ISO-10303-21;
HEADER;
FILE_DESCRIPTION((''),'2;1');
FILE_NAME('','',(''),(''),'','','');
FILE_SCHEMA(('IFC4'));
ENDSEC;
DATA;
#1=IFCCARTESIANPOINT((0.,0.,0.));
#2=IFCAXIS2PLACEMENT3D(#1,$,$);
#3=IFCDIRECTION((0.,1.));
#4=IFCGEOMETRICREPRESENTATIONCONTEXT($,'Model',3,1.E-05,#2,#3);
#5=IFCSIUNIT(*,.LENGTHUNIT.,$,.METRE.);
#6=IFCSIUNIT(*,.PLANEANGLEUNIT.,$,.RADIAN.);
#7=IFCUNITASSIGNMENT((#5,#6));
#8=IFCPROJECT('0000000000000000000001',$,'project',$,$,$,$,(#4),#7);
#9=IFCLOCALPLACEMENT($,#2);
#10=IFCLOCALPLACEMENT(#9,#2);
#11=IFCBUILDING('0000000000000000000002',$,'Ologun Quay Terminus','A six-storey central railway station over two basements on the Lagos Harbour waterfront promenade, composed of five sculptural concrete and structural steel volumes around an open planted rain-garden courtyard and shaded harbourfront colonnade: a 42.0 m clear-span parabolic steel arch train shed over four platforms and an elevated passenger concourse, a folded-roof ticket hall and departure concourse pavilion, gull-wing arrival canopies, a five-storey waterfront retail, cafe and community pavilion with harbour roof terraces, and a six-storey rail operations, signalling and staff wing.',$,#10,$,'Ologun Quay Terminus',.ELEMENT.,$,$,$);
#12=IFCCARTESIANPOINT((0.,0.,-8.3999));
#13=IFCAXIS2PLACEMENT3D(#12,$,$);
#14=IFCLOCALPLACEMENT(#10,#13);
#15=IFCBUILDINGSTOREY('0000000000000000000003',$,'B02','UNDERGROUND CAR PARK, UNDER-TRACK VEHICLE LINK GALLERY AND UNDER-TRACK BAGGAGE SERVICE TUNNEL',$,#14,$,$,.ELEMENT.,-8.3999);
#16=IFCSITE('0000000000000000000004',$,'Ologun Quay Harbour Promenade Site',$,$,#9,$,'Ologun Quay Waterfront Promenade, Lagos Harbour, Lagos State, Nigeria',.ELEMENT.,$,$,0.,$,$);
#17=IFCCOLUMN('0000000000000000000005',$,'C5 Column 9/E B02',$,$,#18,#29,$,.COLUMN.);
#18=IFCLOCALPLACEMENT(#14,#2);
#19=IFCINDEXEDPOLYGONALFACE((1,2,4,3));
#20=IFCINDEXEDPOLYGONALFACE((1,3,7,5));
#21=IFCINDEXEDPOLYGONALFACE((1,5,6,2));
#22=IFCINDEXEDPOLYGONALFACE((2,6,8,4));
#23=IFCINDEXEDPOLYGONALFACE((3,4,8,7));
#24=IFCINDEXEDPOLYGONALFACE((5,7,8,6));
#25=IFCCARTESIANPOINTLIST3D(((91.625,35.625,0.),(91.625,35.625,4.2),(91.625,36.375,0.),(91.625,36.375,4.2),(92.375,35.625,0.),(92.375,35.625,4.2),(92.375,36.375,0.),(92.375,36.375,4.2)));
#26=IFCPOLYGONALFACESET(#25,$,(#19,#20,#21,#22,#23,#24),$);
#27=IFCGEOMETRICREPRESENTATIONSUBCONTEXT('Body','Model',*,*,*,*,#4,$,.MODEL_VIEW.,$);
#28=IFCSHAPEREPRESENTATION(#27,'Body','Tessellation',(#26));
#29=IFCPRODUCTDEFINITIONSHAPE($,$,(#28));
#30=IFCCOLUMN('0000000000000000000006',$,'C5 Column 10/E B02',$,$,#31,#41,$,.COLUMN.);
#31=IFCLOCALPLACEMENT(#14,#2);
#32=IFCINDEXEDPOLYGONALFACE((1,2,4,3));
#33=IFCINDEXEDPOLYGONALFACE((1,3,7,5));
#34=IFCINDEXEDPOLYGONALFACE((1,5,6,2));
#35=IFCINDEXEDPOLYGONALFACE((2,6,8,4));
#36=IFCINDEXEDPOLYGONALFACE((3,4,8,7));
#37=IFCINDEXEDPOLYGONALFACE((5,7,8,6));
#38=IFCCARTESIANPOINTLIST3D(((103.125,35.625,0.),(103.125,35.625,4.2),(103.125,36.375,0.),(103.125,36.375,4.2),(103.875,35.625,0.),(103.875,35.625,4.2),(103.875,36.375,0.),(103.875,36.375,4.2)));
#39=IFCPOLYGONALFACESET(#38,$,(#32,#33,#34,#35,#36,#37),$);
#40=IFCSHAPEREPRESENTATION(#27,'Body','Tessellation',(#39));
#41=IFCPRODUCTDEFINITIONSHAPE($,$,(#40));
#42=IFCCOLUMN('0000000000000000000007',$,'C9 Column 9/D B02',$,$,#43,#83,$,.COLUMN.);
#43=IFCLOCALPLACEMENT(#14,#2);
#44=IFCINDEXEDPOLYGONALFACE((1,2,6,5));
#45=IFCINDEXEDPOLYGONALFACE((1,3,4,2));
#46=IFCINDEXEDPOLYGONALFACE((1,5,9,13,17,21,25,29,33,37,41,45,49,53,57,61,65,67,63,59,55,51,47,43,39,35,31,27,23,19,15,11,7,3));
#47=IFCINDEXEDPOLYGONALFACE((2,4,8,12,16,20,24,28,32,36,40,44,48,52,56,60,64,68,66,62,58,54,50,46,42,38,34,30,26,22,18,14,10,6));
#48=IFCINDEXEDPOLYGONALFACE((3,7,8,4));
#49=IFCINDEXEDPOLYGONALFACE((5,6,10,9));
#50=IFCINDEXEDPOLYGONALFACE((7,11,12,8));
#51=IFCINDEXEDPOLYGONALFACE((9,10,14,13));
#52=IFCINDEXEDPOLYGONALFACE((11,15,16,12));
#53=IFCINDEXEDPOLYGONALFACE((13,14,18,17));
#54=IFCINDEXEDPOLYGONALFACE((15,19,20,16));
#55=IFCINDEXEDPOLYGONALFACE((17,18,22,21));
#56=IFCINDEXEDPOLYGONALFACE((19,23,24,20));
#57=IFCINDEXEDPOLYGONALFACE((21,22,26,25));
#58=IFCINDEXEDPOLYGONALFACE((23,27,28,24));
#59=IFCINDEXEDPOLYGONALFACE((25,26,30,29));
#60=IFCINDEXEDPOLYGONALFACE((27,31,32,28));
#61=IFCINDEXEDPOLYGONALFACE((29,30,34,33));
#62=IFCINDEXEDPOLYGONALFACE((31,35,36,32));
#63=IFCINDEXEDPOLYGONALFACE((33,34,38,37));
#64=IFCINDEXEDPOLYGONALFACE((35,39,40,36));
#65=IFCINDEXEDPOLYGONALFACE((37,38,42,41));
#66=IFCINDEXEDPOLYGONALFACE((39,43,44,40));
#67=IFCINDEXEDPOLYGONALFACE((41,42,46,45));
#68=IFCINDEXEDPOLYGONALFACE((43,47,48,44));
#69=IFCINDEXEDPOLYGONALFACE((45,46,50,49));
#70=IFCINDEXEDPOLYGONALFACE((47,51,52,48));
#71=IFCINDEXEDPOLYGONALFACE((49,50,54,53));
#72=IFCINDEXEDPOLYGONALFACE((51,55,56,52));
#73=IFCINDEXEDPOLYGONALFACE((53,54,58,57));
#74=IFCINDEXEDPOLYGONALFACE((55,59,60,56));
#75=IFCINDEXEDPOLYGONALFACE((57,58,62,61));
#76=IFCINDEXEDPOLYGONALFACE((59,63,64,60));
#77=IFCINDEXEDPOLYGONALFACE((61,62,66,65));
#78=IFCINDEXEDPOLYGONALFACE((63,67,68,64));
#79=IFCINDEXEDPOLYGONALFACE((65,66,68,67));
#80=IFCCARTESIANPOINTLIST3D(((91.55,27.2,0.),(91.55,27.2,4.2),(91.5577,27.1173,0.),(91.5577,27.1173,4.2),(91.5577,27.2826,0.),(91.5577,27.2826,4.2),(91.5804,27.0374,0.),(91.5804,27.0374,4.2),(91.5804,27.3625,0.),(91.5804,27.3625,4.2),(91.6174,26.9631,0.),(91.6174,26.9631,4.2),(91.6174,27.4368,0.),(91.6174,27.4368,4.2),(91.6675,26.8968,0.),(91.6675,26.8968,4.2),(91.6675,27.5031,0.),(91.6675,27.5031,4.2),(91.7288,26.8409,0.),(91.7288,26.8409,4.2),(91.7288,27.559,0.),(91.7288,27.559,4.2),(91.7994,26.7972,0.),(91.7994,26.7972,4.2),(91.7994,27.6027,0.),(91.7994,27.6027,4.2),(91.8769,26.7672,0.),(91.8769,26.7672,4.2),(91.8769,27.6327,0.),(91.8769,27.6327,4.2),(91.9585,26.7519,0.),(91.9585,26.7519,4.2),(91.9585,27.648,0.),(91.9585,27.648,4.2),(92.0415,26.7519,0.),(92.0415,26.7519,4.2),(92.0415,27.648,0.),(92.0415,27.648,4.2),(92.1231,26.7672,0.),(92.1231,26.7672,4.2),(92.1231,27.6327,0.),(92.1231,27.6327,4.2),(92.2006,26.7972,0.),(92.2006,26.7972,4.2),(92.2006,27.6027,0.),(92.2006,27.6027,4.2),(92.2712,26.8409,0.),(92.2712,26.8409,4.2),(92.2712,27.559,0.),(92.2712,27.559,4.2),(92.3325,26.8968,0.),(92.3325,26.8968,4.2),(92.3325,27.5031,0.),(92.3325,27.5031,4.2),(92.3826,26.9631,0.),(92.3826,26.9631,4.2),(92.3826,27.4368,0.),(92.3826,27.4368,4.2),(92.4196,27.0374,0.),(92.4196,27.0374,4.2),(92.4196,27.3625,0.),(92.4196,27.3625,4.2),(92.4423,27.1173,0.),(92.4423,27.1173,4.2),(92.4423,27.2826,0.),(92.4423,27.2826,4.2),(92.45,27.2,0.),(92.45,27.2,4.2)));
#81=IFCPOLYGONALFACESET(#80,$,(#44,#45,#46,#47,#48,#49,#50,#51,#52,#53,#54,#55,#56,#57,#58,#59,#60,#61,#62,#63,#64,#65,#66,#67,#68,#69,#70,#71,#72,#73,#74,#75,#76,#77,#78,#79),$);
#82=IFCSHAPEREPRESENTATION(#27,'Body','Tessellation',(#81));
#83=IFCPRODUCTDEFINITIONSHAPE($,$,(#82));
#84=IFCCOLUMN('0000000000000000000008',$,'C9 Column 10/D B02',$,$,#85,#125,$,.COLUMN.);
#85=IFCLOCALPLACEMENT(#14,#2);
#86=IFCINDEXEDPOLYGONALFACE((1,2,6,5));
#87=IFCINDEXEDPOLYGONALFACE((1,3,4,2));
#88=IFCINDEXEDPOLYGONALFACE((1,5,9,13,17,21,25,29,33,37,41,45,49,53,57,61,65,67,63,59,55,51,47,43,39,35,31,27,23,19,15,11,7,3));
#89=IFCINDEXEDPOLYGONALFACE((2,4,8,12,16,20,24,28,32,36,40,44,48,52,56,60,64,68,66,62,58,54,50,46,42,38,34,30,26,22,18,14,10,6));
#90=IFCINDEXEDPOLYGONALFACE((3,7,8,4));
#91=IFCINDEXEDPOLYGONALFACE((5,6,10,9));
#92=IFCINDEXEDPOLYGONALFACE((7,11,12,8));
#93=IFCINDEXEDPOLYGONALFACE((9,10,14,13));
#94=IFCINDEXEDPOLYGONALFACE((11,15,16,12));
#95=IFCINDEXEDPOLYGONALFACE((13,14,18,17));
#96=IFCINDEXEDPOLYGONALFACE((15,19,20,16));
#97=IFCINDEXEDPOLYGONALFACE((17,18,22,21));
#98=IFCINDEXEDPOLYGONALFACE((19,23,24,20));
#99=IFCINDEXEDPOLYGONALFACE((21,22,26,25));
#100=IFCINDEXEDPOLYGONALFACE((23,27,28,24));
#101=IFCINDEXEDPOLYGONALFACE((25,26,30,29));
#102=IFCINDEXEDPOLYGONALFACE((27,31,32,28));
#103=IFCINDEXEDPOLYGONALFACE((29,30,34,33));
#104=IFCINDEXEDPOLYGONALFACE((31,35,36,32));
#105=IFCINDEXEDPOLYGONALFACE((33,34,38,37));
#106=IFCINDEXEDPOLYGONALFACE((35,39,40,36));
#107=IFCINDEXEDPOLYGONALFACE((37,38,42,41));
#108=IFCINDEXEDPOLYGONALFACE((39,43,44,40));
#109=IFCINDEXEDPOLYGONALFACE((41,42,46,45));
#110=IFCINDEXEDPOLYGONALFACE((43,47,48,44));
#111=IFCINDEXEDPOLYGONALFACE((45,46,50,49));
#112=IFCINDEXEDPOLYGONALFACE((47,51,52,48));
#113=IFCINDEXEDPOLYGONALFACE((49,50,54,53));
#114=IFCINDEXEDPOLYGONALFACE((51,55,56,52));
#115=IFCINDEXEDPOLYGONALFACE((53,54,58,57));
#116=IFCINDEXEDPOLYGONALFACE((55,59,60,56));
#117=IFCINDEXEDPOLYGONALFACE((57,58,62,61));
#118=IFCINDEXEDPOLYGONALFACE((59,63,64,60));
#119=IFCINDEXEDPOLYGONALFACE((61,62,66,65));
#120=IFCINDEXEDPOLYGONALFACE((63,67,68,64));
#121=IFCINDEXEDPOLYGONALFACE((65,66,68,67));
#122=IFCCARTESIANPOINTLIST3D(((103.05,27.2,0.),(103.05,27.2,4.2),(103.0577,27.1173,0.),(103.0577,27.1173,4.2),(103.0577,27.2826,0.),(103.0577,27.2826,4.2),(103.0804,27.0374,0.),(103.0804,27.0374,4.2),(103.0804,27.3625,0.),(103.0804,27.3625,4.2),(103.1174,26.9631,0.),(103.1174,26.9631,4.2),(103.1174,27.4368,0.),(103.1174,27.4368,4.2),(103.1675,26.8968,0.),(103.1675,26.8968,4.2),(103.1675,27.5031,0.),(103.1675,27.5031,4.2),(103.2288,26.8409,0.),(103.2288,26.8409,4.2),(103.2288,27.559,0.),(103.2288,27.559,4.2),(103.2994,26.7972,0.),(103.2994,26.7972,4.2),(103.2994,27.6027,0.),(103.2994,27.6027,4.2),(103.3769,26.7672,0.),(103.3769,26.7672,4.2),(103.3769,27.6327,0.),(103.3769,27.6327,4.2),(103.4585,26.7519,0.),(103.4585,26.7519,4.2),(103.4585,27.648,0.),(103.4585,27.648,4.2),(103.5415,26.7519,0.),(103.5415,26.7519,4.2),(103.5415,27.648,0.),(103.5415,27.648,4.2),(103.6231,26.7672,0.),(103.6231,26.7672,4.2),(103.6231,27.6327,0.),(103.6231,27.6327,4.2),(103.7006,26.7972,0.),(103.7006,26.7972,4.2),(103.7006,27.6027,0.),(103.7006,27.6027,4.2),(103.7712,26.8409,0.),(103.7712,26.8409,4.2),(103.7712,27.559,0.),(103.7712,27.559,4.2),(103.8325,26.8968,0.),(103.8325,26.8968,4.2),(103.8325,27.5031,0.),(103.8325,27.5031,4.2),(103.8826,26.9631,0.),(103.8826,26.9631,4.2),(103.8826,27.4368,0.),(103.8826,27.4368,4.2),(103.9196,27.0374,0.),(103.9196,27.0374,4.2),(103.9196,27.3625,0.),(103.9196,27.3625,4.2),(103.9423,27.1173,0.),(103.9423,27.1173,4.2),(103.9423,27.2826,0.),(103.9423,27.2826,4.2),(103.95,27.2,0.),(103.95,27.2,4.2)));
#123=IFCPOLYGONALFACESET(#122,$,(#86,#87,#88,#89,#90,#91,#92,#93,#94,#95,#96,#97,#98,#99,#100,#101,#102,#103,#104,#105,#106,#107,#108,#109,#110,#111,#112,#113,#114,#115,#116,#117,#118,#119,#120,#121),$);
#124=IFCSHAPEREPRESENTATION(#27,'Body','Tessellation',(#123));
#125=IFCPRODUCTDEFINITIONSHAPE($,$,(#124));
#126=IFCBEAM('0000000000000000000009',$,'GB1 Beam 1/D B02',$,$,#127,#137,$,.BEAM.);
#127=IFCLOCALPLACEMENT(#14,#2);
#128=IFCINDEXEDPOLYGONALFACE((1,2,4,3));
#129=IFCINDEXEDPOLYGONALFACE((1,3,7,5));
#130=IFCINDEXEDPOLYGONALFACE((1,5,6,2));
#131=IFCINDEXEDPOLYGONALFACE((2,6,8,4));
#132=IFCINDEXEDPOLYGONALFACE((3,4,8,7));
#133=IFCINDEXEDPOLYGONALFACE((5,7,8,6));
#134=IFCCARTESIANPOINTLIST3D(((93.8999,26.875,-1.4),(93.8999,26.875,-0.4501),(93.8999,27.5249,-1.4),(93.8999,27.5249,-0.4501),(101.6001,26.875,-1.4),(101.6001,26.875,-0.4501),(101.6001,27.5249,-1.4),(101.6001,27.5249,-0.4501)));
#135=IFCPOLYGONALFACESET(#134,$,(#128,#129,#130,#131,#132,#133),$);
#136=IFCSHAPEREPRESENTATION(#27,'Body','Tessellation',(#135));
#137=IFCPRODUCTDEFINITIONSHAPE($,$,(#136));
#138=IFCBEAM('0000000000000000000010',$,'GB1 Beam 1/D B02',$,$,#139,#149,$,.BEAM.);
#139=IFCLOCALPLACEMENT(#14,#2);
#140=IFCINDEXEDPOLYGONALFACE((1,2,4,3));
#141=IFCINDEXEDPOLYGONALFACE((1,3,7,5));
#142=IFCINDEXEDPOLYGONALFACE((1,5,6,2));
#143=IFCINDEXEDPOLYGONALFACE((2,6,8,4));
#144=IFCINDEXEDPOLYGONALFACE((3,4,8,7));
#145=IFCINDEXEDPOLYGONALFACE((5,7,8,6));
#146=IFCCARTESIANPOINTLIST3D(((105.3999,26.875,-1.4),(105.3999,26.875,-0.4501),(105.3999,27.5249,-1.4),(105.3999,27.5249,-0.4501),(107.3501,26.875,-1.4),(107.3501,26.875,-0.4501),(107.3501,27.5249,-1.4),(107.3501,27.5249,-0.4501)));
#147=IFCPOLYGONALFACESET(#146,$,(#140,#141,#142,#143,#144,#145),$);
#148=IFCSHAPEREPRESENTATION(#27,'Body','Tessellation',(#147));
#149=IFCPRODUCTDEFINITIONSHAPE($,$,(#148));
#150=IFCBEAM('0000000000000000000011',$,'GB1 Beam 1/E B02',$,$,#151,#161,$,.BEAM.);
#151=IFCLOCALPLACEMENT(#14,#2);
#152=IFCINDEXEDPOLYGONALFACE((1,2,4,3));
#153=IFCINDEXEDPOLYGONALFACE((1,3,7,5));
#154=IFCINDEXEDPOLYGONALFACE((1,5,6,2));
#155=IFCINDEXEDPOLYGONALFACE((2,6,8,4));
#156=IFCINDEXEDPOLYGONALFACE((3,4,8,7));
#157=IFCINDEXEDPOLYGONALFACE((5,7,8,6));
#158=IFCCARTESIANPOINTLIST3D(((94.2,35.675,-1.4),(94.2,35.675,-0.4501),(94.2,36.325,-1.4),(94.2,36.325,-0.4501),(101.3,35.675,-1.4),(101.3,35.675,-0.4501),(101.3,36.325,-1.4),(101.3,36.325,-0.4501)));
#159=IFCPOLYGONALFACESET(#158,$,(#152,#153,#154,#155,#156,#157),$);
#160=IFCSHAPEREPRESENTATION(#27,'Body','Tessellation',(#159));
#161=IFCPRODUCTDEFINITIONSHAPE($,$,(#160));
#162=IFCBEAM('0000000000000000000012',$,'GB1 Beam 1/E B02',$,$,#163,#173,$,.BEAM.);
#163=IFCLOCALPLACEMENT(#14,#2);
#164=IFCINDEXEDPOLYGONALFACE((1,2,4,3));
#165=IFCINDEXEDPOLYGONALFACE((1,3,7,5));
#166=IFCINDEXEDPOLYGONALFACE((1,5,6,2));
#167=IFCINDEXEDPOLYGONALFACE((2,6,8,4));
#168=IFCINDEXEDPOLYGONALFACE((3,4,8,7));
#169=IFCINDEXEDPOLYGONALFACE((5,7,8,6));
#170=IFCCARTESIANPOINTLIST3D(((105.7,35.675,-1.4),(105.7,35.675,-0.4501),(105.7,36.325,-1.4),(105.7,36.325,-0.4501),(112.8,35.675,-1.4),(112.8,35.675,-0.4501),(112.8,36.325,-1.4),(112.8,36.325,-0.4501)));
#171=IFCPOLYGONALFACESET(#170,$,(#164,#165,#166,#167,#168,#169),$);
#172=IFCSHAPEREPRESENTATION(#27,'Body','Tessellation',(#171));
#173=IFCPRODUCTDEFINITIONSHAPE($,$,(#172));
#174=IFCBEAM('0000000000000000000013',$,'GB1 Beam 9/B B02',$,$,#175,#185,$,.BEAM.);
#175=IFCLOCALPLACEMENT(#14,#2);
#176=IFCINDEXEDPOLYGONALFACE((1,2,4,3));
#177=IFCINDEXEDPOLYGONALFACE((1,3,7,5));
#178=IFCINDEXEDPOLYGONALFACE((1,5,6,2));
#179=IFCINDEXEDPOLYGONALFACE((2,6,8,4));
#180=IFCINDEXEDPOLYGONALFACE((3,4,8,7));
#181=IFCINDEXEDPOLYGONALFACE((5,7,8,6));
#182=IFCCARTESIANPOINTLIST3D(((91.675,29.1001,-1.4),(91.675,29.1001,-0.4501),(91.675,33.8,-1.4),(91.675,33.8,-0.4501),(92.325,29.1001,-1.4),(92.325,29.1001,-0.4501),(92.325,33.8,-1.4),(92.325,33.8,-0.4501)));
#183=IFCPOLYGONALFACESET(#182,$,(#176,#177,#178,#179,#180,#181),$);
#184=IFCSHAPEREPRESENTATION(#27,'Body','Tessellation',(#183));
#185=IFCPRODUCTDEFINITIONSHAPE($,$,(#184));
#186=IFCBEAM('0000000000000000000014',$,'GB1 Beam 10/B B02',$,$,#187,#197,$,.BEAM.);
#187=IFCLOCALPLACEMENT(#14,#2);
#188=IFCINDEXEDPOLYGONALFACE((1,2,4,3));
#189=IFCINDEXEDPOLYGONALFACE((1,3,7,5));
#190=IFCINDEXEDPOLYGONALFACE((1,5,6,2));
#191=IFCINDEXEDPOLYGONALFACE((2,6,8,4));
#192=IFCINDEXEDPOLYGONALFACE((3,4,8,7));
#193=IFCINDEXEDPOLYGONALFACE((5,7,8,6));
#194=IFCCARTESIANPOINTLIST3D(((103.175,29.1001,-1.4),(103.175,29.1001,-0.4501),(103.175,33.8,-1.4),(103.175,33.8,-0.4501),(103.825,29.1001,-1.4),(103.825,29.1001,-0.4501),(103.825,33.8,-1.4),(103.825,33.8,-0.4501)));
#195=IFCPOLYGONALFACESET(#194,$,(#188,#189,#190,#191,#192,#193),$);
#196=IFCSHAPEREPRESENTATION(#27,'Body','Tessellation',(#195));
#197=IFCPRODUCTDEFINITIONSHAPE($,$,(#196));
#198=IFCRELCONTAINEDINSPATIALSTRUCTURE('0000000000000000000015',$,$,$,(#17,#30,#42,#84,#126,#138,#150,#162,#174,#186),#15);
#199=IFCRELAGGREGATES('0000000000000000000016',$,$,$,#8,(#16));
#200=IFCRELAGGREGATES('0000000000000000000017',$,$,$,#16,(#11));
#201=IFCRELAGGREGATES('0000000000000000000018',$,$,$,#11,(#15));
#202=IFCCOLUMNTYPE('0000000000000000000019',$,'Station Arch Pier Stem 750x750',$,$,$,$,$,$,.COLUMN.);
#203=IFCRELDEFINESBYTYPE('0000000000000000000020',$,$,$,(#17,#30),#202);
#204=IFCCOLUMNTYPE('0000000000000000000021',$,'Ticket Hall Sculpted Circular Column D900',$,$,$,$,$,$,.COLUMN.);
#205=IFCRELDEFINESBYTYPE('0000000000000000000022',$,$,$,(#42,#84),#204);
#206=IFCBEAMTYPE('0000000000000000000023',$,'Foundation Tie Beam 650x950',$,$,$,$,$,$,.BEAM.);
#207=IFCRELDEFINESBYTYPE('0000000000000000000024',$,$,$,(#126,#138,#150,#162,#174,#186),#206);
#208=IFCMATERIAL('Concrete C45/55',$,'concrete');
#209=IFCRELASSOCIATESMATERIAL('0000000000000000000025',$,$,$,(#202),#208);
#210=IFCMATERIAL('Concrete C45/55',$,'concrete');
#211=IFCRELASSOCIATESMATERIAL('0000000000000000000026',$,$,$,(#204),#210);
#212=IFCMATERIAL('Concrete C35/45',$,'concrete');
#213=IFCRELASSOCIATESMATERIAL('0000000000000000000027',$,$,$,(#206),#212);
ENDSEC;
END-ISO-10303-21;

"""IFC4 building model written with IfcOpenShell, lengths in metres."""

from ifc_helpers import new_model, si_unit, direction, frame, origin, origin_2d, place, context, subcontext, project, spatial, rectangle, circle, extrude, material, material_profile, profile_set, type_object, element, save


model = new_model("IFC4")

# Units and contexts
model_context = context("Model", 3, precision=1e-05, world=origin(), true_north=direction((0.0, 1.0)))
body_context = subcontext(model_context, "Body", "Model", "MODEL_VIEW")
ifc_project = project(units=[si_unit("LENGTHUNIT", "METRE"), si_unit("PLANEANGLEUNIT", "RADIAN")], contexts=[model_context])

# Site, building, storey
site_placement = place(None, origin())
site = spatial("IfcSite", under=ifc_project, at=site_placement, Name="Ologun Quay Harbour Promenade Site", LongName="Ologun Quay Waterfront Promenade, Lagos Harbour, Lagos State, Nigeria", CompositionType="ELEMENT", RefElevation=0.0)
building_placement = place(site_placement, origin())
building = spatial("IfcBuilding", under=site, at=building_placement, Name="Ologun Quay Terminus", Description="A six-storey central railway station over two basements on the Lagos Harbour waterfront promenade, composed of five sculptural concrete and structural steel volumes around an open planted rain-garden courtyard and shaded harbourfront colonnade: a 42.0 m clear-span parabolic steel arch train shed over four platforms and an elevated passenger concourse, a folded-roof ticket hall and departure concourse pavilion, gull-wing arrival canopies, a five-storey waterfront retail, cafe and community pavilion with harbour roof terraces, and a six-storey rail operations, signalling and staff wing.", LongName="Ologun Quay Terminus", CompositionType="ELEMENT")
storey_placement = place(building_placement, frame((0.0, 0.0, -8.3999)))
storey = spatial("IfcBuildingStorey", under=building, at=storey_placement, Name="B02", Description="UNDERGROUND CAR PARK, UNDER-TRACK VEHICLE LINK GALLERY AND UNDER-TRACK BAGGAGE SERVICE TUNNEL", CompositionType="ELEMENT", Elevation=-8.3999)

# Columns
ifc_material_1 = material(Name="Concrete C45/55", Category="concrete")
ifc_material_profile_1 = material_profile(ifc_material_1, rectangle(XDim=0.75, YDim=0.75, at=origin_2d()), Name="RC 750x750")
ifc_profile_set_1 = profile_set([ifc_material_profile_1], Name="Concrete C45/55")
column_type_1 = type_object("IfcColumnType", Name="Station Arch Pier Stem 750x750", PredefinedType="COLUMN", material=ifc_profile_set_1)
for number, where, z_axis, x_axis, name in (
    (1, (92.0, 36.0, 0.0), (0.0, 0.0, 1.0), (1.0, 0.0, 0.0), "C5 Column 9/E B02"),
    (2, (103.5, 36.0, 0.0), (0.0, 0.0, 1.0), (1.0, 0.0, 0.0), "C5 Column 10/E B02"),
):
    element("IfcColumn", number, at=place(storey_placement, frame(where, z_axis=z_axis, x_axis=x_axis)), inside=storey, type_object=column_type_1, Name=name, PredefinedType="COLUMN", context=body_context, shape_type="SweptSolid", body=[
        extrude(rectangle(XDim=0.75, YDim=0.75, at=origin_2d()), origin(), (0.0, 0.0, 1.0), 4.2),
    ])
ifc_material_2 = material(Name="Concrete C45/55", Category="concrete")
ifc_material_profile_2 = material_profile(ifc_material_2, circle(Radius=0.45, at=origin_2d()), Name="RC D900")
ifc_profile_set_2 = profile_set([ifc_material_profile_2], Name="Concrete C45/55")
column_type_2 = type_object("IfcColumnType", Name="Ticket Hall Sculpted Circular Column D900", PredefinedType="COLUMN", material=ifc_profile_set_2)
for number, where, z_axis, x_axis, name in (
    (3, (92.0, 27.2, 0.0), (0.0, 0.0, 1.0), (1.0, 0.0, 0.0), "C9 Column 9/D B02"),
    (4, (103.5, 27.2, 0.0), (0.0, 0.0, 1.0), (1.0, 0.0, 0.0), "C9 Column 10/D B02"),
):
    element("IfcColumn", number, at=place(storey_placement, frame(where, z_axis=z_axis, x_axis=x_axis)), inside=storey, type_object=column_type_2, Name=name, PredefinedType="COLUMN", context=body_context, shape_type="SweptSolid", body=[
        extrude(circle(Radius=0.45, at=origin_2d()), origin(), (0.0, 0.0, 1.0), 4.2),
    ])

# Beams
ifc_material_3 = material(Name="Concrete C35/45", Category="concrete")
ifc_material_profile_3 = material_profile(ifc_material_3, rectangle(XDim=0.6499, YDim=0.95, at=origin_2d()), Name="RC 650x950")
ifc_profile_set_3 = profile_set([ifc_material_profile_3], Name="Concrete C35/45")
beam_type_1 = type_object("IfcBeamType", Name="Foundation Tie Beam 650x950", PredefinedType="BEAM", material=ifc_profile_set_3)
beam_1_placement = place(storey_placement, frame((93.8999, 27.2, -0.925), z_axis=(1.0, 0.0, 0.0), x_axis=(0.0, 1.0, 0.0)))
element("IfcBeam", 5, at=beam_1_placement, inside=storey, type_object=beam_type_1, Name="GB1 Beam 1/D B02", PredefinedType="BEAM", context=body_context, shape_type="SweptSolid", body=[
    extrude(rectangle(XDim=0.6499, YDim=0.95, at=origin_2d()), origin(), (0.0, 0.0, 1.0), 7.7002),
])
beam_2_placement = place(storey_placement, frame((105.3999, 27.2, -0.925), z_axis=(1.0, 0.0, 0.0), x_axis=(0.0, 1.0, 0.0)))
element("IfcBeam", 6, at=beam_2_placement, inside=storey, type_object=beam_type_1, Name="GB1 Beam 1/D B02", PredefinedType="BEAM", context=body_context, shape_type="SweptSolid", body=[
    extrude(rectangle(XDim=0.6499, YDim=0.95, at=origin_2d()), origin(), (0.0, 0.0, 1.0), 1.9502),
])
for number, where, z_axis, x_axis, name in (
    (7, (94.2, 36.0, -0.925), (1.0, 0.0, 0.0), (0.0, 1.0, 0.0), "GB1 Beam 1/E B02"),
    (8, (105.7, 36.0, -0.925), (1.0, 0.0, 0.0), (0.0, 1.0, 0.0), "GB1 Beam 1/E B02"),
):
    element("IfcBeam", number, at=place(storey_placement, frame(where, z_axis=z_axis, x_axis=x_axis)), inside=storey, type_object=beam_type_1, Name=name, PredefinedType="BEAM", context=body_context, shape_type="SweptSolid", body=[
        extrude(rectangle(XDim=0.6499, YDim=0.95, at=origin_2d()), origin(), (0.0, 0.0, 1.0), 7.1001),
    ])
for number, where, z_axis, x_axis, name in (
    (9, (92.0, 29.1001, -0.925), (0.0, 1.0, 0.0), (-1.0, 0.0, 0.0), "GB1 Beam 9/B B02"),
    (10, (103.5, 29.1001, -0.925), (0.0, 1.0, 0.0), (-1.0, 0.0, 0.0), "GB1 Beam 10/B B02"),
):
    element("IfcBeam", number, at=place(storey_placement, frame(where, z_axis=z_axis, x_axis=x_axis)), inside=storey, type_object=beam_type_1, Name=name, PredefinedType="BEAM", context=body_context, shape_type="SweptSolid", body=[
        extrude(rectangle(XDim=0.6499, YDim=0.95, at=origin_2d()), origin(), (0.0, 0.0, 1.0), 4.7),
    ])

save(model, "model.ifc")
